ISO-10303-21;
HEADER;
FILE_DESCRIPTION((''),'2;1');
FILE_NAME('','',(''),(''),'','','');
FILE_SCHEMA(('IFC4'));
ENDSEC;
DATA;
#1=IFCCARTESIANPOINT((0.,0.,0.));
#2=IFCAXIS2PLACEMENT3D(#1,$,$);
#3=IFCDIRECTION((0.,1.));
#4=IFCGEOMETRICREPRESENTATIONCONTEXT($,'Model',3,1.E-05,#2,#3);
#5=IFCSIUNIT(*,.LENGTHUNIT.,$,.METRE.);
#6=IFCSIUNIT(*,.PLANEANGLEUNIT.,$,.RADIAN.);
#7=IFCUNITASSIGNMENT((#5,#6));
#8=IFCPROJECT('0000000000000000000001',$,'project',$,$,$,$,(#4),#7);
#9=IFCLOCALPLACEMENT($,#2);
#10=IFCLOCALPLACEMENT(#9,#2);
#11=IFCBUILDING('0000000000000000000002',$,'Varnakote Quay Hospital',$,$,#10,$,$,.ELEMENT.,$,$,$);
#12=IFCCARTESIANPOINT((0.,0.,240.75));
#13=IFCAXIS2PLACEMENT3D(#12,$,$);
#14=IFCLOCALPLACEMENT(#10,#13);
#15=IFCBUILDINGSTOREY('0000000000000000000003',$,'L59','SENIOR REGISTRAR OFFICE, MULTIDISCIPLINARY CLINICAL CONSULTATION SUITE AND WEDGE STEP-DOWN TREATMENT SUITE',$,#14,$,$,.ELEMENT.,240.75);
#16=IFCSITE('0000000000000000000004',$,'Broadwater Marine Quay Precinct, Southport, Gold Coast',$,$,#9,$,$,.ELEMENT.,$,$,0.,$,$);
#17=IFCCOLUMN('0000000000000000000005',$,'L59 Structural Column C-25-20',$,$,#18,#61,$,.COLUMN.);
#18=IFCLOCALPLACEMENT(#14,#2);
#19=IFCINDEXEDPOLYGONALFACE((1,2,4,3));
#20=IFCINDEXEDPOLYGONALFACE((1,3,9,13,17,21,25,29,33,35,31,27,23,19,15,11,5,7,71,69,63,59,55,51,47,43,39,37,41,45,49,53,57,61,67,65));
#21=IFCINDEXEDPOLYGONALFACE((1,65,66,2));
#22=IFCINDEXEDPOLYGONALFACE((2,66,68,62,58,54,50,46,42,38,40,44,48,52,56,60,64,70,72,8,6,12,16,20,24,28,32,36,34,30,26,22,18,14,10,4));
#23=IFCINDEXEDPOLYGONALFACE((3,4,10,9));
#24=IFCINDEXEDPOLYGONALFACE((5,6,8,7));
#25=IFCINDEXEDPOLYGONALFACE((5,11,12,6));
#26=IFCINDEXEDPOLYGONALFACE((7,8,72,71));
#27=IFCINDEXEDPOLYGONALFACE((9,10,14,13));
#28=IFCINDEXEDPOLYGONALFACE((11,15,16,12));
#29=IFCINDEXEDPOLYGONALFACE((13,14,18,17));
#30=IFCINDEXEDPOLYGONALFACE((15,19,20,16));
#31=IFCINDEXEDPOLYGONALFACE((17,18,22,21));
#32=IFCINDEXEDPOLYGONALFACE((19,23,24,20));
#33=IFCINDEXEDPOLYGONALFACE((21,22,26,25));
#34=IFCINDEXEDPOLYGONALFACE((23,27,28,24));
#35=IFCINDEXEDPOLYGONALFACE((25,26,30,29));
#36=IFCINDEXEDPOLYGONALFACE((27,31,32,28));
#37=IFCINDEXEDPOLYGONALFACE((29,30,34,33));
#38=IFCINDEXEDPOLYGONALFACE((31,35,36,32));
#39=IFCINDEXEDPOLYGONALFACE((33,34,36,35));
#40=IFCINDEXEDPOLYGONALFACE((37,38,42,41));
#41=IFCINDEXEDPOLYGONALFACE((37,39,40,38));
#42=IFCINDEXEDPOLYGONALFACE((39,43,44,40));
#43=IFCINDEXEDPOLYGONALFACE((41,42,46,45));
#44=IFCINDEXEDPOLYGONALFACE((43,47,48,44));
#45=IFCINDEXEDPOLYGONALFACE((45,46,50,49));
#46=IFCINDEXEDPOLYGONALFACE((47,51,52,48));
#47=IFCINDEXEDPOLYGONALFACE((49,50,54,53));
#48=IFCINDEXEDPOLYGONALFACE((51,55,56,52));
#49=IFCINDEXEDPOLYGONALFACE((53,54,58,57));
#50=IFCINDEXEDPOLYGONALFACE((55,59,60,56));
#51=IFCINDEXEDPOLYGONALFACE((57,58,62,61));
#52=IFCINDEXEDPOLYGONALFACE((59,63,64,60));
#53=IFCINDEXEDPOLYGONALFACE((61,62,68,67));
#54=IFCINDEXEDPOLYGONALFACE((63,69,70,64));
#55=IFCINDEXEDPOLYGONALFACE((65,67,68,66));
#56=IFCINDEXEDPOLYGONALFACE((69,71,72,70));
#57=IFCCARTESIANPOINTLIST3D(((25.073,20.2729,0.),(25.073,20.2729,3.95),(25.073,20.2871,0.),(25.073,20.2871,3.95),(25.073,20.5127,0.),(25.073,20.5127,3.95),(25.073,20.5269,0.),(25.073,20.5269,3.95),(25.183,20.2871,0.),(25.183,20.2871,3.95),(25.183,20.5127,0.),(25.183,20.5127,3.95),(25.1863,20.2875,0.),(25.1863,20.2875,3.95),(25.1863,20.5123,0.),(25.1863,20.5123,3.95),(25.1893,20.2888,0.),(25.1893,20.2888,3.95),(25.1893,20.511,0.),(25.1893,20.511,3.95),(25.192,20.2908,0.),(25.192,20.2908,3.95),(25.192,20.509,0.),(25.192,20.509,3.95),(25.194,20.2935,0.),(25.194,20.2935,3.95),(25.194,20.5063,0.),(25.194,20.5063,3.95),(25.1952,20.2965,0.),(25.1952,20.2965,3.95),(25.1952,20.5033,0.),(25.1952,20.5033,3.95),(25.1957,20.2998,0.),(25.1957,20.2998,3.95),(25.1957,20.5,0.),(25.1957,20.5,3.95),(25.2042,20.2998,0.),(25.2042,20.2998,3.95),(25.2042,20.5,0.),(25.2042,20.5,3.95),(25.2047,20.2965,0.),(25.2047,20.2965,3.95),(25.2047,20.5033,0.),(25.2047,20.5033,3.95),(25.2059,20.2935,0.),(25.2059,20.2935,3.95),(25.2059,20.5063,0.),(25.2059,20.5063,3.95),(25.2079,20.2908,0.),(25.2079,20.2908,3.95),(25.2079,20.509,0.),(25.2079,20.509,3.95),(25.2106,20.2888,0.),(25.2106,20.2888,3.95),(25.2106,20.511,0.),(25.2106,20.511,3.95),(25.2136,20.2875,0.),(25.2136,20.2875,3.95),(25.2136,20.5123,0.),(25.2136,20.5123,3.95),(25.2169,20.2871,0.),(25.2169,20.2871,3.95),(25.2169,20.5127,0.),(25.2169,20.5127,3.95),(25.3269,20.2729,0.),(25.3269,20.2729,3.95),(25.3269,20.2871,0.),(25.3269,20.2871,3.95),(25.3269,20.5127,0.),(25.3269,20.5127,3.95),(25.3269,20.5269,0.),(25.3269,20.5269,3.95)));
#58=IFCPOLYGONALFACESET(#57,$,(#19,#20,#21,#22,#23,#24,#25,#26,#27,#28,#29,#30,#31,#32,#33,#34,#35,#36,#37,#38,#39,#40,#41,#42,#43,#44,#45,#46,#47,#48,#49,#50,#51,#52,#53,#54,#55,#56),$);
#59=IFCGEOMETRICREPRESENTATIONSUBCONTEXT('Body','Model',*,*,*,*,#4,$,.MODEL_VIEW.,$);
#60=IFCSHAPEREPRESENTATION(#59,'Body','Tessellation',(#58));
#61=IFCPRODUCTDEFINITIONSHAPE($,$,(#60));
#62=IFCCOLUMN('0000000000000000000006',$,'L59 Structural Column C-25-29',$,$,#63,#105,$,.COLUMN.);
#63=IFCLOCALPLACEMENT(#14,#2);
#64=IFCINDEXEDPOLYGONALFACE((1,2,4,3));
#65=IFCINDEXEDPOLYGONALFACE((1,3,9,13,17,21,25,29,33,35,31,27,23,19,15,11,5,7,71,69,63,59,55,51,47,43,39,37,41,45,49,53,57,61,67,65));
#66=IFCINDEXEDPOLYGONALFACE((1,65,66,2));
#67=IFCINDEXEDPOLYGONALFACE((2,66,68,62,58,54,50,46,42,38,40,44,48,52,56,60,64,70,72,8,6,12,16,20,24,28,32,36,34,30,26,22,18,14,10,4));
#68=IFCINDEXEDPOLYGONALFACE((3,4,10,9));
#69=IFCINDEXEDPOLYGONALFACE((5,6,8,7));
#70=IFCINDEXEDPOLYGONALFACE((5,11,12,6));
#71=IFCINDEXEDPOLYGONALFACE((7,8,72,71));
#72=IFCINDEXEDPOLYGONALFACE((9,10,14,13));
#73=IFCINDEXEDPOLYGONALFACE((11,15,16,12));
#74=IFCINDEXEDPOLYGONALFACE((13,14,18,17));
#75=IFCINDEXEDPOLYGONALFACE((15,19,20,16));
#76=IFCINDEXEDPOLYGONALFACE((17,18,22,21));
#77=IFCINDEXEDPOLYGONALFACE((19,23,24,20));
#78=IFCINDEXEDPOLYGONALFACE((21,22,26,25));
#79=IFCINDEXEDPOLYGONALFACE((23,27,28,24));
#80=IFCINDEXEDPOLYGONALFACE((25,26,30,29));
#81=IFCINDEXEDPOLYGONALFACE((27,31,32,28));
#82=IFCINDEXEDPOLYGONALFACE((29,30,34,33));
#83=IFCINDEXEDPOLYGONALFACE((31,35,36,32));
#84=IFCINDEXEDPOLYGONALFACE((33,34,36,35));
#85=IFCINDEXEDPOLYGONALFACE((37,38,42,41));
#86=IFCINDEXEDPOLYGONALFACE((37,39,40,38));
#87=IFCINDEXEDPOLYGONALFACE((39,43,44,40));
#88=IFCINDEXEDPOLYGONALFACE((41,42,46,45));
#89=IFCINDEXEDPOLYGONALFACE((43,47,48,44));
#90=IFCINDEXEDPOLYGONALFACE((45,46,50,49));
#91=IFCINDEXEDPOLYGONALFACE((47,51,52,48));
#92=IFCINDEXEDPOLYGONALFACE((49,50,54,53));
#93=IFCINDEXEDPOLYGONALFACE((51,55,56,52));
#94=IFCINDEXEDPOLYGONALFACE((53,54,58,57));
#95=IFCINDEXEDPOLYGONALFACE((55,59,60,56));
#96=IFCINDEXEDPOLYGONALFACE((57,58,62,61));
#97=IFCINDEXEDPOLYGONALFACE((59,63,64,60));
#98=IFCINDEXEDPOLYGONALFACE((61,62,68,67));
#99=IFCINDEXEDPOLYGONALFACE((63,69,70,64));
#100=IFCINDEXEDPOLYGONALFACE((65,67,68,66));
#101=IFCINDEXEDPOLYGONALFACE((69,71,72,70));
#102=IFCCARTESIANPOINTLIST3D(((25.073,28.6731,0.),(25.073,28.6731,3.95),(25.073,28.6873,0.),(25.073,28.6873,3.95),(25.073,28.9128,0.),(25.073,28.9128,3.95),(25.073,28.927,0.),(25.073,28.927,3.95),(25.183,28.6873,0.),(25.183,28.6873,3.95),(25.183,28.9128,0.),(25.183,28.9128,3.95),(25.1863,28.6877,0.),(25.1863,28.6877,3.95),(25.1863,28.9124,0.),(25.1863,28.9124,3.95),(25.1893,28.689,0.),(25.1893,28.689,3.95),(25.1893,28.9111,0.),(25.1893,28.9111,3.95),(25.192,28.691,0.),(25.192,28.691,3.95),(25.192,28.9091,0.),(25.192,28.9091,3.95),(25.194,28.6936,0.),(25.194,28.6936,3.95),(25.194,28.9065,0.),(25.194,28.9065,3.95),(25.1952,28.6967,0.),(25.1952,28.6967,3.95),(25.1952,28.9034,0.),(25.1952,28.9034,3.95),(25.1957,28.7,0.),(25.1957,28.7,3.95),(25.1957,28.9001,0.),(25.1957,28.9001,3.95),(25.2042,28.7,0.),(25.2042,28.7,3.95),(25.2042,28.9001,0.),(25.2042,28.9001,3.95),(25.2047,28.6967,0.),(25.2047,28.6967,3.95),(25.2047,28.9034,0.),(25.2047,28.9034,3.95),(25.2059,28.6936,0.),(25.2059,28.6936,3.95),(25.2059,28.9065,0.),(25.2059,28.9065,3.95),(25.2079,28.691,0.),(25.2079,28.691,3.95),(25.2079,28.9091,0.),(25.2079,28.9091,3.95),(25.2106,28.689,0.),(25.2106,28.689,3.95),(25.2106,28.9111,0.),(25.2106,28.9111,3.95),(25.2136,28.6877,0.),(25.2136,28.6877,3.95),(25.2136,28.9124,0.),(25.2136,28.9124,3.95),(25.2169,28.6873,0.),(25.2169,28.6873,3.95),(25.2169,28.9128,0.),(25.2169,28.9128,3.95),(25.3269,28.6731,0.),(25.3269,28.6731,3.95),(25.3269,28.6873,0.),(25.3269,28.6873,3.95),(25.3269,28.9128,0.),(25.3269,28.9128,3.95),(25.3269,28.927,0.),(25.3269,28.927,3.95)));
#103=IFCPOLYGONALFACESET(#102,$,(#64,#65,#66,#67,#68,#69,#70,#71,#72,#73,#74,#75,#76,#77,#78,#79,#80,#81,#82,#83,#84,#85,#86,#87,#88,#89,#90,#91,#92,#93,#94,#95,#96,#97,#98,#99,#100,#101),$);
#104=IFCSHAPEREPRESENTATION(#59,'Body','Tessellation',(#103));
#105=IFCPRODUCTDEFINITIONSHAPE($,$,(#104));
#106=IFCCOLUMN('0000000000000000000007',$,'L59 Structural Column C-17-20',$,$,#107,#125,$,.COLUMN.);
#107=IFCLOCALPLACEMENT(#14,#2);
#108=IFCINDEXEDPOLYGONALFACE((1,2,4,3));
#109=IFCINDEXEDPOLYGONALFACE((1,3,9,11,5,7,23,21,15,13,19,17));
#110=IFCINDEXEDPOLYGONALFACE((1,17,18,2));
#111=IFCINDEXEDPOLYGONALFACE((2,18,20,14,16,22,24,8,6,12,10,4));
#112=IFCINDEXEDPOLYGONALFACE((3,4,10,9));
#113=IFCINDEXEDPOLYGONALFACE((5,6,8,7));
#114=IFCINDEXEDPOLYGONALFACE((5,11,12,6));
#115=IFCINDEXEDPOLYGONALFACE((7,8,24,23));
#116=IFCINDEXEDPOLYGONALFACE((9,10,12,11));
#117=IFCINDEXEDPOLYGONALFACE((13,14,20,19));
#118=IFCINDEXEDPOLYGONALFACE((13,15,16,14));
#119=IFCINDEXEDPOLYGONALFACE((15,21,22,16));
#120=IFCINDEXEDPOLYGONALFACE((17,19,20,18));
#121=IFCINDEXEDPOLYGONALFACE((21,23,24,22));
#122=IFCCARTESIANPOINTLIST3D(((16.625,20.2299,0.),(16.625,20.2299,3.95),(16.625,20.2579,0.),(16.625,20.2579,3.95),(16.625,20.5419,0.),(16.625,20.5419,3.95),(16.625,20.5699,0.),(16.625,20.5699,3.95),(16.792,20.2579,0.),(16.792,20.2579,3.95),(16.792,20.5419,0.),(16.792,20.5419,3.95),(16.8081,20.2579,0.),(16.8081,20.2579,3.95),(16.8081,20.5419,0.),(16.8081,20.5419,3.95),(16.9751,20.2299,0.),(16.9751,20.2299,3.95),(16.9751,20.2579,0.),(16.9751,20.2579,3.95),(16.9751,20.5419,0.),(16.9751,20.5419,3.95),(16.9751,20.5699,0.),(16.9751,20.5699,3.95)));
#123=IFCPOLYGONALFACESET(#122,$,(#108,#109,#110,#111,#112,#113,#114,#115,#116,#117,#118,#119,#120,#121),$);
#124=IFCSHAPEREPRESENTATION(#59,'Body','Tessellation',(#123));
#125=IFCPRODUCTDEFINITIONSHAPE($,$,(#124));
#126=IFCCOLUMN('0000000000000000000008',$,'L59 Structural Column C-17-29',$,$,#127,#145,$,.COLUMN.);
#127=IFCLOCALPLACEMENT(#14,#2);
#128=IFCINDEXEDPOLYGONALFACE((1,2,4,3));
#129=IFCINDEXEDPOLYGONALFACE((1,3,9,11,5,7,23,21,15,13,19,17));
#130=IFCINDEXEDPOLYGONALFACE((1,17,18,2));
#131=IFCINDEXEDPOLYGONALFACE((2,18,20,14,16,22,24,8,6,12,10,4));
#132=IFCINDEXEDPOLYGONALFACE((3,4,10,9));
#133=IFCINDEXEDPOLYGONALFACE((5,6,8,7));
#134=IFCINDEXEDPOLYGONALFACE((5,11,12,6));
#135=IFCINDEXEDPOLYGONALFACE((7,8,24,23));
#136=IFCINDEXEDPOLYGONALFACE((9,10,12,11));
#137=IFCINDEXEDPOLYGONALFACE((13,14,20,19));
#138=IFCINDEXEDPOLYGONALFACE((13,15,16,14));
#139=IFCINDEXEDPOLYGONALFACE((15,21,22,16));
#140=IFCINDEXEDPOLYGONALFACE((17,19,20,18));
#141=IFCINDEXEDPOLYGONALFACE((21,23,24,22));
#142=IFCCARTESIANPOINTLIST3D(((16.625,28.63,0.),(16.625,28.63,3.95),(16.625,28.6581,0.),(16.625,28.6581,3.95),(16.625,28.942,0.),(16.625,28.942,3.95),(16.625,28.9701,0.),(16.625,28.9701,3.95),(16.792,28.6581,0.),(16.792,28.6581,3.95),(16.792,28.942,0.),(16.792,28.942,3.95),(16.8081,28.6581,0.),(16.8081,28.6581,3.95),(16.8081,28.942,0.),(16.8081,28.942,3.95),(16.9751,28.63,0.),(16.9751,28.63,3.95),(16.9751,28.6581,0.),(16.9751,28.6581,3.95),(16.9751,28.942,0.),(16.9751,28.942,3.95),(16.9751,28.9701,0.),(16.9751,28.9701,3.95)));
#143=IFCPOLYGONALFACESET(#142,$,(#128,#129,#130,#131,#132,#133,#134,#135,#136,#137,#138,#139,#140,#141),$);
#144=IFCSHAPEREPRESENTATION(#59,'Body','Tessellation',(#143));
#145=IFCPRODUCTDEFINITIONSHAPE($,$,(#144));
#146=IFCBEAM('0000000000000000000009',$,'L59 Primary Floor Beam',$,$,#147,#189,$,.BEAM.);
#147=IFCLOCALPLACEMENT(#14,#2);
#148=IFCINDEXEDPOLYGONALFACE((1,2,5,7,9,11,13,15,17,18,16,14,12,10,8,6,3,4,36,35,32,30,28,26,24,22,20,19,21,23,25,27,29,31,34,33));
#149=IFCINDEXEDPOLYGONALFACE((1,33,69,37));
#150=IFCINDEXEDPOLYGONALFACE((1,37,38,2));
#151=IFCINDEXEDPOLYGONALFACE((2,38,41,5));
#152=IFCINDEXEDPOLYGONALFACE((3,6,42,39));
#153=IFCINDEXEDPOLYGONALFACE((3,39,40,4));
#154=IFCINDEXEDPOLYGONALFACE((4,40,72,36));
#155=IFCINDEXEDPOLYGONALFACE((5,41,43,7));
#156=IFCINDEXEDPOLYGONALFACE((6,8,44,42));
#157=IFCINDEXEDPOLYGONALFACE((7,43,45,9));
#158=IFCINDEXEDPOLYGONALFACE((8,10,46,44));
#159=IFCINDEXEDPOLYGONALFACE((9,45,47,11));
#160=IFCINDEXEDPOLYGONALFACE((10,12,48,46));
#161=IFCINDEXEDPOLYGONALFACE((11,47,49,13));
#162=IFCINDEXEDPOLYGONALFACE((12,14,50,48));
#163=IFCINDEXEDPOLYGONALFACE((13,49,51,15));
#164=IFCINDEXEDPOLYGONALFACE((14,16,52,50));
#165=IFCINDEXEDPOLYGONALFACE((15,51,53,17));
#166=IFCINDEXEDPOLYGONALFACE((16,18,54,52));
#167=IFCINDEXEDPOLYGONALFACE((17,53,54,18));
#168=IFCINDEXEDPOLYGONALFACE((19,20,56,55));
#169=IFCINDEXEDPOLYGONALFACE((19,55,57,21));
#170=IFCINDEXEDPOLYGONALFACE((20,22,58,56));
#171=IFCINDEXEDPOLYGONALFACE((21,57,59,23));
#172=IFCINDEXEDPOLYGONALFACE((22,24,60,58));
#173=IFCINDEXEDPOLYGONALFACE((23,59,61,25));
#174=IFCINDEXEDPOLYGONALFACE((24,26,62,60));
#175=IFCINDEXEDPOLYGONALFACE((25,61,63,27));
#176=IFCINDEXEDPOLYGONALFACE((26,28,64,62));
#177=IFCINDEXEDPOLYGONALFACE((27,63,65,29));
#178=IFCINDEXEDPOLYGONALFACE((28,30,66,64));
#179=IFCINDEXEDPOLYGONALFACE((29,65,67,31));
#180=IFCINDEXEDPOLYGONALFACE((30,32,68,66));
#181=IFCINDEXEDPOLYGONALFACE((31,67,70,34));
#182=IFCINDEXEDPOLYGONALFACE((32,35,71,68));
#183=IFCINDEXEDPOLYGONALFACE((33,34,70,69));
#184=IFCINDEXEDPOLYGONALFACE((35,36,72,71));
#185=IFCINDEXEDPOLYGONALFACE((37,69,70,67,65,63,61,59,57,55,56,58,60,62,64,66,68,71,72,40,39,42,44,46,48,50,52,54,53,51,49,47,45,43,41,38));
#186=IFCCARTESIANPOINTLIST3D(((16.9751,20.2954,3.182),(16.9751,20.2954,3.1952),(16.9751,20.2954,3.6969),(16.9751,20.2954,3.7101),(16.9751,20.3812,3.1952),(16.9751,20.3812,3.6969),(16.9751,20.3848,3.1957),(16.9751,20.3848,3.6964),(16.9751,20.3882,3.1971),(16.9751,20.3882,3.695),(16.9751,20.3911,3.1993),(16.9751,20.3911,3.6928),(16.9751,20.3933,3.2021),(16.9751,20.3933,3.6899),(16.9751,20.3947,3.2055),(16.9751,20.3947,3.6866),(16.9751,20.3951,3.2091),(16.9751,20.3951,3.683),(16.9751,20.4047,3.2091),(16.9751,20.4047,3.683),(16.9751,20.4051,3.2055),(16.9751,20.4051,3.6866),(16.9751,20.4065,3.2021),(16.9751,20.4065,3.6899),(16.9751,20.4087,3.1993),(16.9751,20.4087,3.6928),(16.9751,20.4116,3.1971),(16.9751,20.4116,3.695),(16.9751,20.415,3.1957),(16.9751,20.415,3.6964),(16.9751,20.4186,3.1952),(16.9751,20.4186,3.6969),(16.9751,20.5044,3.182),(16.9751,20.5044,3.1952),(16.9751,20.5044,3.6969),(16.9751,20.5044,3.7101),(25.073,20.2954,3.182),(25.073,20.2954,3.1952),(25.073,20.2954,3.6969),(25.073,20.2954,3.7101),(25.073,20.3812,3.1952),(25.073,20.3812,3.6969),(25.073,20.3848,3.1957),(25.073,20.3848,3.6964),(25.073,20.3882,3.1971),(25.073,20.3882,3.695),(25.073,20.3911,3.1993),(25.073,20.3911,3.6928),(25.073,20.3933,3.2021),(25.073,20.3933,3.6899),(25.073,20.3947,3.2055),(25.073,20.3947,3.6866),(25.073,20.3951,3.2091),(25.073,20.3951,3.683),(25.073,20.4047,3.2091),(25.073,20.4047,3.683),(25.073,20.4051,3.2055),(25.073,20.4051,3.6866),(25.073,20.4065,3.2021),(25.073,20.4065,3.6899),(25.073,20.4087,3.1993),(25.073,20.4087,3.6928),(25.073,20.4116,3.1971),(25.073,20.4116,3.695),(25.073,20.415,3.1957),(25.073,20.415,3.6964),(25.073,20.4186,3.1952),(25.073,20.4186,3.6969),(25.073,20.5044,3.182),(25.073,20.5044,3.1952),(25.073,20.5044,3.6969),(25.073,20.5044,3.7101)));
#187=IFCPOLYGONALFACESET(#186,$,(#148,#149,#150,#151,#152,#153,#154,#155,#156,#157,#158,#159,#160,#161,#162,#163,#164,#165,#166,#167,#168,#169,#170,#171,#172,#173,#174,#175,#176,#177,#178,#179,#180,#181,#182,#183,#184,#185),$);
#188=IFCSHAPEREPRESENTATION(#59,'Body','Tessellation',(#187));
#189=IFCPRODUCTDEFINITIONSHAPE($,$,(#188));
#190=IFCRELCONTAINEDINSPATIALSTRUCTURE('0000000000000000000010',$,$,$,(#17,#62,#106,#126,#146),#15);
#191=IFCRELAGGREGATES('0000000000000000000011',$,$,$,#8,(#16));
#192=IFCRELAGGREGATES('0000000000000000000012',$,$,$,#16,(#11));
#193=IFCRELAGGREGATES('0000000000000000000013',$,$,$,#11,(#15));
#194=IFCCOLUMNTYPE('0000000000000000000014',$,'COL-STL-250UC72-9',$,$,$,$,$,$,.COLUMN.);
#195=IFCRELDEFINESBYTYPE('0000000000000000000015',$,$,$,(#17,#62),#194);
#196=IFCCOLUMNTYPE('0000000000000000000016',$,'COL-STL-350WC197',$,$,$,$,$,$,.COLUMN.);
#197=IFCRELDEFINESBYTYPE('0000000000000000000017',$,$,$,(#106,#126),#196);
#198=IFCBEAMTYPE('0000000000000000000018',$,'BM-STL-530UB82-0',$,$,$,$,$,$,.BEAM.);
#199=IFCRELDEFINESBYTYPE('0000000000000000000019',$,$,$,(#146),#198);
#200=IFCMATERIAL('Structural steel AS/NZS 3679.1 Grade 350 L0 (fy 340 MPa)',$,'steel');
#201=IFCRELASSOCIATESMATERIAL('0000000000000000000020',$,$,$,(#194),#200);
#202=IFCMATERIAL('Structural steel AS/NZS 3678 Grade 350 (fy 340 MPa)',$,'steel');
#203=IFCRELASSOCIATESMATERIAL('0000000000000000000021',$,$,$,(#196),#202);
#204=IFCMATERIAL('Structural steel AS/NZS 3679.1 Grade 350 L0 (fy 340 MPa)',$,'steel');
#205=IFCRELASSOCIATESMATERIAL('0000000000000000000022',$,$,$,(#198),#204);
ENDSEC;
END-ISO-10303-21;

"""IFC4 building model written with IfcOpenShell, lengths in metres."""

from ifc_helpers import new_model, si_unit, direction, frame, origin, origin_2d, place, context, subcontext, project, spatial, i_section, extrude, material, material_profile, profile_set, type_object, element, save


model = new_model("IFC4")

# Units and contexts
model_context = context("Model", 3, precision=1e-05, world=origin(), true_north=direction((0.0, 1.0)))
body_context = subcontext(model_context, "Body", "Model", "MODEL_VIEW")
ifc_project = project(units=[si_unit("LENGTHUNIT", "METRE"), si_unit("PLANEANGLEUNIT", "RADIAN")], contexts=[model_context])

# Site, building, storey
site_placement = place(None, origin())
site = spatial("IfcSite", under=ifc_project, at=site_placement, Name="Broadwater Marine Quay Precinct, Southport, Gold Coast", CompositionType="ELEMENT", RefElevation=0.0)
building_placement = place(site_placement, origin())
building = spatial("IfcBuilding", under=site, at=building_placement, Name="Varnakote Quay Hospital", CompositionType="ELEMENT")
storey_placement = place(building_placement, frame((0.0, 0.0, 240.75)))
storey = spatial("IfcBuildingStorey", under=building, at=storey_placement, Name="L59", Description="SENIOR REGISTRAR OFFICE, MULTIDISCIPLINARY CLINICAL CONSULTATION SUITE AND WEDGE STEP-DOWN TREATMENT SUITE", CompositionType="ELEMENT", Elevation=240.75)

# Columns
ifc_material_1 = material(Name="Structural steel AS/NZS 3679.1 Grade 350 L0 (fy 340 MPa)", Category="steel")
ifc_material_profile_1 = material_profile(ifc_material_1, i_section(OverallWidth=0.2539, OverallDepth=0.2539, WebThickness=0.0085, FlangeThickness=0.0142, FilletRadius=0.0127, at=origin_2d()), Name="250UC72.9")
ifc_profile_set_1 = profile_set([ifc_material_profile_1], Name="Structural steel AS/NZS 3679.1 Grade 350 L0 (fy 340 MPa)")
column_type_1 = type_object("IfcColumnType", Name="COL-STL-250UC72-9", PredefinedType="COLUMN", material=ifc_profile_set_1)
for number, where, z_axis, x_axis, name in (
    (1, (25.2, 20.3999, 0.0), (0.0, 0.0, 1.0), (1.0, 0.0, 0.0), "L59 Structural Column C-25-20"),
    (2, (25.2, 28.8, 0.0), (0.0, 0.0, 1.0), (1.0, 0.0, 0.0), "L59 Structural Column C-25-29"),
):
    element("IfcColumn", number, at=place(storey_placement, frame(where, z_axis=z_axis, x_axis=x_axis)), inside=storey, type_object=column_type_1, Name=name, PredefinedType="COLUMN", context=body_context, shape_type="SweptSolid", body=[
        extrude(i_section(OverallWidth=0.2539, OverallDepth=0.2539, WebThickness=0.0085, FlangeThickness=0.0142, FilletRadius=0.0127, at=origin_2d()), origin(), (0.0, 0.0, 1.0), 3.95),
    ])
ifc_material_2 = material(Name="Structural steel AS/NZS 3678 Grade 350 (fy 340 MPa)", Category="steel")
ifc_material_profile_2 = material_profile(ifc_material_2, i_section(OverallWidth=0.3501, OverallDepth=0.3401, WebThickness=0.0161, FlangeThickness=0.0281, at=origin_2d()), Name="350WC197")
ifc_profile_set_2 = profile_set([ifc_material_profile_2], Name="Structural steel AS/NZS 3678 Grade 350 (fy 340 MPa)")
column_type_2 = type_object("IfcColumnType", Name="COL-STL-350WC197", PredefinedType="COLUMN", material=ifc_profile_set_2)
for number, where, z_axis, x_axis, name in (
    (3, (16.8, 20.3999, 0.0), (0.0, 0.0, 1.0), (1.0, 0.0, 0.0), "L59 Structural Column C-17-20"),
    (4, (16.8, 28.8, 0.0), (0.0, 0.0, 1.0), (1.0, 0.0, 0.0), "L59 Structural Column C-17-29"),
):
    element("IfcColumn", number, at=place(storey_placement, frame(where, z_axis=z_axis, x_axis=x_axis)), inside=storey, type_object=column_type_2, Name=name, PredefinedType="COLUMN", context=body_context, shape_type="SweptSolid", body=[
        extrude(i_section(OverallWidth=0.3501, OverallDepth=0.3401, WebThickness=0.0161, FlangeThickness=0.0281, at=origin_2d()), origin(), (0.0, 0.0, 1.0), 3.95),
    ])

# Beam
ifc_material_3 = material(Name="Structural steel AS/NZS 3679.1 Grade 350 L0 (fy 340 MPa)", Category="steel")
ifc_material_profile_3 = material_profile(ifc_material_3, i_section(OverallWidth=0.209, OverallDepth=0.5281, WebThickness=0.0095, FlangeThickness=0.0132, FilletRadius=0.0139, at=origin_2d()), Name="530UB82.0")
ifc_profile_set_3 = profile_set([ifc_material_profile_3], Name="Structural steel AS/NZS 3679.1 Grade 350 L0 (fy 340 MPa)")
beam_type_1 = type_object("IfcBeamType", Name="BM-STL-530UB82-0", PredefinedType="BEAM", material=ifc_profile_set_3)
beam_1_placement = place(storey_placement, frame((16.9751, 20.3999, 3.446), z_axis=(1.0, 0.0, 0.0), x_axis=(0.0, 1.0, 0.0)))
element("IfcBeam", 5, at=beam_1_placement, inside=storey, type_object=beam_type_1, Name="L59 Primary Floor Beam", PredefinedType="BEAM", context=body_context, shape_type="SweptSolid", body=[
    extrude(i_section(OverallWidth=0.209, OverallDepth=0.5281, WebThickness=0.0095, FlangeThickness=0.0132, FilletRadius=0.0139, at=origin_2d()), origin(), (0.0, 0.0, 1.0), 8.0979),
])

save(model, "model.ifc")
